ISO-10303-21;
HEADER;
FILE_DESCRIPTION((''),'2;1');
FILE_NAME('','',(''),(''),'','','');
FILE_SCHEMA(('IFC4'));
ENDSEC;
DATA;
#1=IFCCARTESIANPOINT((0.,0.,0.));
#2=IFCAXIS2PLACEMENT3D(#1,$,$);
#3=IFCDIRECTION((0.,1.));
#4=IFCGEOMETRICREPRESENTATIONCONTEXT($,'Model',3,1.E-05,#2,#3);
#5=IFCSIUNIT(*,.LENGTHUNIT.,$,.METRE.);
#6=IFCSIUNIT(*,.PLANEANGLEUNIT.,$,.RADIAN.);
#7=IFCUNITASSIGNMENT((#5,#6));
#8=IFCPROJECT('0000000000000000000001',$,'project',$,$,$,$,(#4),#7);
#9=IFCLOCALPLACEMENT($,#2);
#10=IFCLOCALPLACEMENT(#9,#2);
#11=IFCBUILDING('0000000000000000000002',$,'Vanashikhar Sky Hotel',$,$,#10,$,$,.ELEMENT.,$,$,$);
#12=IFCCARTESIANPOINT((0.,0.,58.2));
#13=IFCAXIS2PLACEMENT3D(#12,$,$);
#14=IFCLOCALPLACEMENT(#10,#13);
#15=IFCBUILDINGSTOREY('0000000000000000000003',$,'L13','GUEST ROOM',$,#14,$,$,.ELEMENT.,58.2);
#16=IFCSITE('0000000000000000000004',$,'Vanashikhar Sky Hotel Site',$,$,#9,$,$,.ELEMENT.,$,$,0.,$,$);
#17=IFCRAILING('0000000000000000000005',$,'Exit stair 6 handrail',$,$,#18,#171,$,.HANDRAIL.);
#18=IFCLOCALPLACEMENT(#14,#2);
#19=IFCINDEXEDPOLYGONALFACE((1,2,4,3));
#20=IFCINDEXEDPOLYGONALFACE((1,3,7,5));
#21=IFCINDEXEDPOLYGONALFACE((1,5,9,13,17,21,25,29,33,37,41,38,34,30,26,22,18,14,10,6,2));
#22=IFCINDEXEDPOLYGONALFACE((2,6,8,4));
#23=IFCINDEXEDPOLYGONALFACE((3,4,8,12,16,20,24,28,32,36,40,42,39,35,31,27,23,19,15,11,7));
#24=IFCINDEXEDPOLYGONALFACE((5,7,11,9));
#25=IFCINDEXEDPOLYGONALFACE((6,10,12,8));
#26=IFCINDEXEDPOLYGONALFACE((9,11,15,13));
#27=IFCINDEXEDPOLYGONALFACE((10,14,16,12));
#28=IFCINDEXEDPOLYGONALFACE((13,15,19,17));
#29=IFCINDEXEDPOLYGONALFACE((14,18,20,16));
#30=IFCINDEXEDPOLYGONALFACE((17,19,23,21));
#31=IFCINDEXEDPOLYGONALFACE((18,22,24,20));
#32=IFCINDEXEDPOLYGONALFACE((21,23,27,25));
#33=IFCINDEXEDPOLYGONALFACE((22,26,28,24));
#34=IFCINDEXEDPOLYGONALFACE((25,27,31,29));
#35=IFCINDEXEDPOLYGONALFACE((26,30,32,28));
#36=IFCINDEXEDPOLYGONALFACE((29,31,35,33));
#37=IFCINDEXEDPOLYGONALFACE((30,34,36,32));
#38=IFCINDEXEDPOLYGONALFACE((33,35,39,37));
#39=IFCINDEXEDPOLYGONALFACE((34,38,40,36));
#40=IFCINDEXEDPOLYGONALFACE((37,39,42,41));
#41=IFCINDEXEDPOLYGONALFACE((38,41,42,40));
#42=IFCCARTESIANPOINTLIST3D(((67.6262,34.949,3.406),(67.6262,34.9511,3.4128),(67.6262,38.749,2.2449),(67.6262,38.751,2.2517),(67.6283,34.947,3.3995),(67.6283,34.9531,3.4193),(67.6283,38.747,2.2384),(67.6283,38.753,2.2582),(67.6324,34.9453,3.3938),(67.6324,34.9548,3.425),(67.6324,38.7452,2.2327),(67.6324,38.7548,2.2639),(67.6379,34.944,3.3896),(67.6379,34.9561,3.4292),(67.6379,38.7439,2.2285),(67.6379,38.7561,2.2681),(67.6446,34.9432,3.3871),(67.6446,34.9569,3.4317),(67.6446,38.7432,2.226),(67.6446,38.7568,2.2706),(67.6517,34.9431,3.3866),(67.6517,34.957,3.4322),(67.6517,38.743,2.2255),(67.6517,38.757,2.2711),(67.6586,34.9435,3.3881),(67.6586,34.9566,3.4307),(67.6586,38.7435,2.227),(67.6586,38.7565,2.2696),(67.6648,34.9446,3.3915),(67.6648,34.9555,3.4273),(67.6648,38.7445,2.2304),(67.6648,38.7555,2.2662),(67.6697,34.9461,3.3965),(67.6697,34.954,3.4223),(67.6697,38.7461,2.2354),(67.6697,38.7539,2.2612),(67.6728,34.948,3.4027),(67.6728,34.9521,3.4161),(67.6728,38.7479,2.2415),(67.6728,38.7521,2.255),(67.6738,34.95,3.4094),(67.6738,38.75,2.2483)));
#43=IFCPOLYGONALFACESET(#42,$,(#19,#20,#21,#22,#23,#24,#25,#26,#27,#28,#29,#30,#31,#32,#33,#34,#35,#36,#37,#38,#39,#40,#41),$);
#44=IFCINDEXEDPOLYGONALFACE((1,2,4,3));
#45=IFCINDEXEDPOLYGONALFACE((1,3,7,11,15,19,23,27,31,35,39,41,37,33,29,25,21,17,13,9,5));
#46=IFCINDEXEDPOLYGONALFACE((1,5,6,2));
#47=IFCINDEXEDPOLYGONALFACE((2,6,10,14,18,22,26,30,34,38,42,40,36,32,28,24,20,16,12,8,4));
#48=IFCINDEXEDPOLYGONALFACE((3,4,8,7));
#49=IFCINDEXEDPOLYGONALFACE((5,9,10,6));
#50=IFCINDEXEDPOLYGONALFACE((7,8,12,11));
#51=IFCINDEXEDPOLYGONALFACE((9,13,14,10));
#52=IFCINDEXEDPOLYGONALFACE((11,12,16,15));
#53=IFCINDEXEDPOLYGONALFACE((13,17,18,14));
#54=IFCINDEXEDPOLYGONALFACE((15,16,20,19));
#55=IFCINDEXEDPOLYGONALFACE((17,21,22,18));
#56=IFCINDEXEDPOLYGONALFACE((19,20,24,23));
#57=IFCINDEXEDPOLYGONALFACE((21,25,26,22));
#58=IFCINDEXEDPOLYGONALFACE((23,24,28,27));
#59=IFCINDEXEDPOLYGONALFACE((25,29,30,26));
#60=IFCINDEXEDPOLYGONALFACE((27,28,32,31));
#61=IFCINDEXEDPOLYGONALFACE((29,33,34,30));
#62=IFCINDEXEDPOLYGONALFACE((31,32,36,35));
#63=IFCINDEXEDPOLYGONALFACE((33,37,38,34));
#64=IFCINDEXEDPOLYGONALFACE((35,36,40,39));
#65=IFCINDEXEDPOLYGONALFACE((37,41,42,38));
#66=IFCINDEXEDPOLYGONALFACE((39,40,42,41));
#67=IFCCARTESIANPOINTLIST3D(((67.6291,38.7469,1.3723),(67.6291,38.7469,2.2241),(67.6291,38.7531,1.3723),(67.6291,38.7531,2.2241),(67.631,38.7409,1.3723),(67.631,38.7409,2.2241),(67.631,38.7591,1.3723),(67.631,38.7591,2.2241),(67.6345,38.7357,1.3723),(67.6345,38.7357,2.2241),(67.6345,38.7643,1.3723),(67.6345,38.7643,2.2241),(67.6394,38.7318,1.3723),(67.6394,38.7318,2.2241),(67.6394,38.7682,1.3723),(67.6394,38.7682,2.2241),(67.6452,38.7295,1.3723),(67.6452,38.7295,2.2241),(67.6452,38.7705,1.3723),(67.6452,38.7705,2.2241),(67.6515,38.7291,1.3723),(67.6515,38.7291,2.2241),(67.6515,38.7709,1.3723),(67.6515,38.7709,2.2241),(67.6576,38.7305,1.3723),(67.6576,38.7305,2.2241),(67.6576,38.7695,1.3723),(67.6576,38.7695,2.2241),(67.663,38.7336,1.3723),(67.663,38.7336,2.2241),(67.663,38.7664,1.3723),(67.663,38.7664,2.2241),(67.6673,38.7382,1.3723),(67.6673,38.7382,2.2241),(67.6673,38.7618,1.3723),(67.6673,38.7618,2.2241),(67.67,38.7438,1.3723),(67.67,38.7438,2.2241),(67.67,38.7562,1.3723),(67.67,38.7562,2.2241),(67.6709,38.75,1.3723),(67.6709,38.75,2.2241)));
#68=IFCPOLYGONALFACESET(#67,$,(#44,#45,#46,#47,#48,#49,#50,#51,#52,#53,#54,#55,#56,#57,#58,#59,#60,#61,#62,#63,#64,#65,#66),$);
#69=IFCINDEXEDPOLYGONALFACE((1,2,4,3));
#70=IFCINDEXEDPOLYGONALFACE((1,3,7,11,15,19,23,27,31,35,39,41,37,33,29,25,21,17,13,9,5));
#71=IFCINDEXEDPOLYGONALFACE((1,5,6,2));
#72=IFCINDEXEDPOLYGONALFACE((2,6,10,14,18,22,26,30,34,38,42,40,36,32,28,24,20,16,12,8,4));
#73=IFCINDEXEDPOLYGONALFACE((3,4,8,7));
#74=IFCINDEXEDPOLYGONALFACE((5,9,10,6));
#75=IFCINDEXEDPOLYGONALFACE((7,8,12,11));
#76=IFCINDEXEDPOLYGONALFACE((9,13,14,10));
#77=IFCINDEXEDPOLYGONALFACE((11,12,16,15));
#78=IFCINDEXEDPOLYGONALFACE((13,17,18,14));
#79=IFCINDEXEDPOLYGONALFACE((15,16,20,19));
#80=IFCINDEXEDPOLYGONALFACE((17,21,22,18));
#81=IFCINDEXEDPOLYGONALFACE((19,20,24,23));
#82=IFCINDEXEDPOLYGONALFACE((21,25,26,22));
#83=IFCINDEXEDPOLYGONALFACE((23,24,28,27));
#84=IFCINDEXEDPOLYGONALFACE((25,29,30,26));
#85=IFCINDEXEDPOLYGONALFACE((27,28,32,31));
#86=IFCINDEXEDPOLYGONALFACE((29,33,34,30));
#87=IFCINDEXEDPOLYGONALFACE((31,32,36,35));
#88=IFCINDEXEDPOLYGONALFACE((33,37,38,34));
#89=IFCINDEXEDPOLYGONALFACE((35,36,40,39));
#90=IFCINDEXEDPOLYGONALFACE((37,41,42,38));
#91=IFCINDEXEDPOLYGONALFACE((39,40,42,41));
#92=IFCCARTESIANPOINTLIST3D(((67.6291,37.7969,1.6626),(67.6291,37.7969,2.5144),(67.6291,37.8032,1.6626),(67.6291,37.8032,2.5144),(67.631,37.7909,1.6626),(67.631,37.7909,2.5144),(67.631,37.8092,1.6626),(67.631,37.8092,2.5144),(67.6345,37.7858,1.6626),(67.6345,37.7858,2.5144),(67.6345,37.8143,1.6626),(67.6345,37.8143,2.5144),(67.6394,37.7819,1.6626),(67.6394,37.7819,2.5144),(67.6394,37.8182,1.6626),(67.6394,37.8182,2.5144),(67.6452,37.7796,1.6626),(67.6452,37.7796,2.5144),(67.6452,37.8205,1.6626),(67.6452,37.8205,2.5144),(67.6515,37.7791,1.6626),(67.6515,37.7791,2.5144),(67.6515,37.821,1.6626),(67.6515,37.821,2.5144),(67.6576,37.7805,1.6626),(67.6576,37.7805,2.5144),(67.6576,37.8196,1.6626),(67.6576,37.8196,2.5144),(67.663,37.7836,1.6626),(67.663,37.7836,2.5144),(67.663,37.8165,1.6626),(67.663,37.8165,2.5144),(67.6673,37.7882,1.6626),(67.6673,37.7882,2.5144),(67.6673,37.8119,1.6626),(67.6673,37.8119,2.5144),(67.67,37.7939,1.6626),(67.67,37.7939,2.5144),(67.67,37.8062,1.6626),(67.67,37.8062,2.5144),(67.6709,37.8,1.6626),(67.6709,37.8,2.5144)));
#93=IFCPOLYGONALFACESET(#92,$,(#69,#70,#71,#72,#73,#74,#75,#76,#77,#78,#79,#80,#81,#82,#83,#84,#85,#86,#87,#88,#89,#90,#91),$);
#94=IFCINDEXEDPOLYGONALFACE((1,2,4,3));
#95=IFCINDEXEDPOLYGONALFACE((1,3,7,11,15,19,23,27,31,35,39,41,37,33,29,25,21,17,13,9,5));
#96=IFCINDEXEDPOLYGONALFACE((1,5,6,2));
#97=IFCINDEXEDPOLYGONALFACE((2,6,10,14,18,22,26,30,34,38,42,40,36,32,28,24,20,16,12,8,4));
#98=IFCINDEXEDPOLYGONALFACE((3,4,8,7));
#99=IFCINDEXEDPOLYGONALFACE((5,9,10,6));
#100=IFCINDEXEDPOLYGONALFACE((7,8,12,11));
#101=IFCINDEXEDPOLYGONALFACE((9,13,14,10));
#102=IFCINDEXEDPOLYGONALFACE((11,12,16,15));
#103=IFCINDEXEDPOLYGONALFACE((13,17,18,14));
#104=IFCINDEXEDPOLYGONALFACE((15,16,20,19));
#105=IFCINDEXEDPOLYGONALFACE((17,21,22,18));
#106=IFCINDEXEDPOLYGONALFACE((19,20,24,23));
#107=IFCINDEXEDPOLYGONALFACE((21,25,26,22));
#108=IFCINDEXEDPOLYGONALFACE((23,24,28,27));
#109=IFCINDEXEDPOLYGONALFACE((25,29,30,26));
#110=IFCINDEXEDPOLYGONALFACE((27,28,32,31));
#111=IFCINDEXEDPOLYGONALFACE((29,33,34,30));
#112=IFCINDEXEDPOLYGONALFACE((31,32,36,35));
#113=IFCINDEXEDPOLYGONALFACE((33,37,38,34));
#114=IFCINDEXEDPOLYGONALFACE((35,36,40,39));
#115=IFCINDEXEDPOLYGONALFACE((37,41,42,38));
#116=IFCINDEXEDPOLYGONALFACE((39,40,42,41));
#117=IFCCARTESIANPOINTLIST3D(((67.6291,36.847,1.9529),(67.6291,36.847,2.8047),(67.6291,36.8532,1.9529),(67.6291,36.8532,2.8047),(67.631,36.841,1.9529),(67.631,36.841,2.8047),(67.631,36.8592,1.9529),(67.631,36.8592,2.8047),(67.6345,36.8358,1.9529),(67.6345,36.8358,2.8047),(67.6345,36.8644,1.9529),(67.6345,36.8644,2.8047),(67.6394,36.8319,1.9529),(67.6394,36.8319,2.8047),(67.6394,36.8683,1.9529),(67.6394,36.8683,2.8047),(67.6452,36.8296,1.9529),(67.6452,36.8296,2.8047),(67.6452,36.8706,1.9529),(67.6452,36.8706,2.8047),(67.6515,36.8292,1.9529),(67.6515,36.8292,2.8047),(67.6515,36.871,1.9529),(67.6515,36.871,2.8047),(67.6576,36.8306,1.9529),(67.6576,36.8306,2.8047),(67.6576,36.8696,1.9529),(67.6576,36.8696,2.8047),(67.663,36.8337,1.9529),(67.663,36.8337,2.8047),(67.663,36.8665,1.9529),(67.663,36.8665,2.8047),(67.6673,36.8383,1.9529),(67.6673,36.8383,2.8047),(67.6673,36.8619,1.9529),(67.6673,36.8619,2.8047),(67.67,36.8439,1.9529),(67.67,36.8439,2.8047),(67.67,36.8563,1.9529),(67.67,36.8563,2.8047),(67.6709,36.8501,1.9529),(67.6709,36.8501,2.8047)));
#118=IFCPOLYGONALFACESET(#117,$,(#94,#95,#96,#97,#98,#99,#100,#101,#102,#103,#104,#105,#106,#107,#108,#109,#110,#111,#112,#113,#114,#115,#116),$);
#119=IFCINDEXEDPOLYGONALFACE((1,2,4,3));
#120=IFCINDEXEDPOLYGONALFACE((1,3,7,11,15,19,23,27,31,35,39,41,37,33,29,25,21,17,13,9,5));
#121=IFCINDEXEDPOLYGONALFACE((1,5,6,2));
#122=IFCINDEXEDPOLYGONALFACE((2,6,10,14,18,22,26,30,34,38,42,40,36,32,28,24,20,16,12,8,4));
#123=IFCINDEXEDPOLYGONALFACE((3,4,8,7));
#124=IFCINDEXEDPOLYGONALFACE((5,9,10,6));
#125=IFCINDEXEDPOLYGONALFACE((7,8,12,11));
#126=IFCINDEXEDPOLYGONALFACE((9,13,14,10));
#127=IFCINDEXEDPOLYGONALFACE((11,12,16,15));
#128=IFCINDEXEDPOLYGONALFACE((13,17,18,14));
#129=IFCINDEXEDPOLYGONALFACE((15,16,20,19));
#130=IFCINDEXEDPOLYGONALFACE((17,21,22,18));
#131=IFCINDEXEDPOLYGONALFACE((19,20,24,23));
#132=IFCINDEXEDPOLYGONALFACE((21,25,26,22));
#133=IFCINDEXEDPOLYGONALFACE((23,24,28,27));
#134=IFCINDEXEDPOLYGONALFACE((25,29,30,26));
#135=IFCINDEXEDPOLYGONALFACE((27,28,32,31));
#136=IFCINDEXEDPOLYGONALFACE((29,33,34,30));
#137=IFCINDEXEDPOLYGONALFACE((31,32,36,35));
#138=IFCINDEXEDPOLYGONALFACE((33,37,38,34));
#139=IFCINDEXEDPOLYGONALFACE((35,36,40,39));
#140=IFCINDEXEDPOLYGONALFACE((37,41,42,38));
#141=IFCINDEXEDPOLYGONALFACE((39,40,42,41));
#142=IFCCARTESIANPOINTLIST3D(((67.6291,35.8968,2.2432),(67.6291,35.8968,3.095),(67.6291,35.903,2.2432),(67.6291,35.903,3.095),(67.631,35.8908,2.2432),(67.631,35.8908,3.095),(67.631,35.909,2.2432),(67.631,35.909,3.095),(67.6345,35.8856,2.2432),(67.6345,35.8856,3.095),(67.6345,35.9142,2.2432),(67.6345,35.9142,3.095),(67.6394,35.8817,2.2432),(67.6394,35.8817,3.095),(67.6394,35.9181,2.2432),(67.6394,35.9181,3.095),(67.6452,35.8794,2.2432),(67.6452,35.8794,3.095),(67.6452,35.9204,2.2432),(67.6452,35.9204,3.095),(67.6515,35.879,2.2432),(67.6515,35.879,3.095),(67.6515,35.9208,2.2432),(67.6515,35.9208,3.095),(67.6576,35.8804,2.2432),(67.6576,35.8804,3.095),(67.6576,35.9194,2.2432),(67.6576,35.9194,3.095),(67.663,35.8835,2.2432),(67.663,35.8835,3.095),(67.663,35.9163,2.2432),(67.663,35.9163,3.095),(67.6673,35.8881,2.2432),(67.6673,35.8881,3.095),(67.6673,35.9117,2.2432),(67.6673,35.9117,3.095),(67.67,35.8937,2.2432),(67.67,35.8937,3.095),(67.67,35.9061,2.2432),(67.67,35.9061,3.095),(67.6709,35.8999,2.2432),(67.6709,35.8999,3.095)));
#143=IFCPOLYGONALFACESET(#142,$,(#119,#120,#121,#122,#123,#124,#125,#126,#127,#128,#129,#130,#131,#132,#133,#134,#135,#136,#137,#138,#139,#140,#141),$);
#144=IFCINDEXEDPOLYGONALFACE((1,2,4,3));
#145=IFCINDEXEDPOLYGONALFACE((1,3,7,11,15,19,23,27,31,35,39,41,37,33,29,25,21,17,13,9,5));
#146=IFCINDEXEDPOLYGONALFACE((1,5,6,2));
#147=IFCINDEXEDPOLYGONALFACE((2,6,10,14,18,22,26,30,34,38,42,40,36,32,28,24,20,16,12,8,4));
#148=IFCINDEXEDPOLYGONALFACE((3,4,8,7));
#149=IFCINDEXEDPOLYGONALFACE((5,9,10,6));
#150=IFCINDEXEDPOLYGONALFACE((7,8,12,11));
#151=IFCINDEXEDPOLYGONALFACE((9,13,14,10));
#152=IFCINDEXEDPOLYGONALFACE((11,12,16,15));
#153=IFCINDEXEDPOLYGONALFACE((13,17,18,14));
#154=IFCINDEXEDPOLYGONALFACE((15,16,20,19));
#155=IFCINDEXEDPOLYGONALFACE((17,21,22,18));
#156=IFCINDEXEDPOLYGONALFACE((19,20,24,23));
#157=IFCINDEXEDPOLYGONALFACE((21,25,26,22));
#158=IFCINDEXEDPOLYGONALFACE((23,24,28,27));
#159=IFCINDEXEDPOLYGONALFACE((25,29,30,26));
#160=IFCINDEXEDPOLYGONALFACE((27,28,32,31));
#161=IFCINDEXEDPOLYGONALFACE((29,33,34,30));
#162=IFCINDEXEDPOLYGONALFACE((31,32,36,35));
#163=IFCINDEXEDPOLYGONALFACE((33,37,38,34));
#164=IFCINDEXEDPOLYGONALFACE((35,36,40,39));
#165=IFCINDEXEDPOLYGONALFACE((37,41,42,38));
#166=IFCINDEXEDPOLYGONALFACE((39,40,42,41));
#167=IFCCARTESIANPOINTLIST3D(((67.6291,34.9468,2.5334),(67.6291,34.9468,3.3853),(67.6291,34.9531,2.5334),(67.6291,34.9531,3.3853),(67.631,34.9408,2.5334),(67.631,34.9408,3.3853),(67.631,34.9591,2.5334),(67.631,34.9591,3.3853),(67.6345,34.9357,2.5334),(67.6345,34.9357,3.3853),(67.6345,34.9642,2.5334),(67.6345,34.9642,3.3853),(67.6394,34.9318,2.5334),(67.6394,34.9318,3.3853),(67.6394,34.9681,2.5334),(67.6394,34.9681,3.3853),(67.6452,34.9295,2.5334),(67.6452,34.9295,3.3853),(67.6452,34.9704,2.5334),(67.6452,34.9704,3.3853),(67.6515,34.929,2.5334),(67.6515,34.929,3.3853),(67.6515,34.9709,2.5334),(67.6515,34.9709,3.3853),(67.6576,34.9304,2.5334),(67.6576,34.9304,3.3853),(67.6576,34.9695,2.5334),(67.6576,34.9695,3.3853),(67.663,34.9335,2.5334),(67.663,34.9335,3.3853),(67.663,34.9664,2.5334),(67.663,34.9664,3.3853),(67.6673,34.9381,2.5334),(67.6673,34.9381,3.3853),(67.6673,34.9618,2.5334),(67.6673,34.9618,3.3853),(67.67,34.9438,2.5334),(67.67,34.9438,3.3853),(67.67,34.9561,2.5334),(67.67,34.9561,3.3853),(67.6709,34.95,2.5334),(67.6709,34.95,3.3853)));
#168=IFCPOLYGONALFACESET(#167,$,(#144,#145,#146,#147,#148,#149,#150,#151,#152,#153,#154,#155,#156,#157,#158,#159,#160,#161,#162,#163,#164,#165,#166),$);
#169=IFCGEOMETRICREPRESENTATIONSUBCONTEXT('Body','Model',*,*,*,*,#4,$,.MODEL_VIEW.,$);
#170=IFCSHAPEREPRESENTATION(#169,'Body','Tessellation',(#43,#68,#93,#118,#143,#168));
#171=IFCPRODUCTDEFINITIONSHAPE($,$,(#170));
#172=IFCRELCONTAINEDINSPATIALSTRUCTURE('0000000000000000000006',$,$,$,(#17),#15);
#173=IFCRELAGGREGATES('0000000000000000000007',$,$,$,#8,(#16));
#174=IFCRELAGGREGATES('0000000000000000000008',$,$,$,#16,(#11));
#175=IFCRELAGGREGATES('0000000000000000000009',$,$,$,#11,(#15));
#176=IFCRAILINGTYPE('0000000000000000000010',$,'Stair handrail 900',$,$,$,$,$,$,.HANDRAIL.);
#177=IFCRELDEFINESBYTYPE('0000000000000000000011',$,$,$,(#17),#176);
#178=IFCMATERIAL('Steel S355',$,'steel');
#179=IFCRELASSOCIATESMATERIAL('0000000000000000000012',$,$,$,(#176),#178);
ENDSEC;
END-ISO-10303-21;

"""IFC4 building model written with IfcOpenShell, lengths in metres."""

from ifc_helpers import new_model, si_unit, direction, frame, origin, origin_2d, place, context, subcontext, project, spatial, circle, extrude, source, transform, mapped, material, type_object, element, save


model = new_model("IFC4")

# Units and contexts
model_context = context("Model", 3, precision=1e-05, world=origin(), true_north=direction((0.0, 1.0)))
body_context = subcontext(model_context, "Body", "Model", "MODEL_VIEW")
ifc_project = project(units=[si_unit("LENGTHUNIT", "METRE"), si_unit("PLANEANGLEUNIT", "RADIAN")], contexts=[model_context])

# Site, building, storey
site_placement = place(None, origin())
site = spatial("IfcSite", under=ifc_project, at=site_placement, Name="Vanashikhar Sky Hotel Site", CompositionType="ELEMENT", RefElevation=0.0)
building_placement = place(site_placement, origin())
building = spatial("IfcBuilding", under=site, at=building_placement, Name="Vanashikhar Sky Hotel", CompositionType="ELEMENT")
storey_placement = place(building_placement, frame((0.0, 0.0, 58.2)))
storey = spatial("IfcBuildingStorey", under=building, at=storey_placement, Name="L13", Description="GUEST ROOM", CompositionType="ELEMENT", Elevation=58.2)

# Railing
ifc_material_1 = material(Name="Steel S355", Category="steel")
railing_type_1 = type_object("IfcRailingType", Name="Stair handrail 900", PredefinedType="HANDRAIL", material=ifc_material_1)
shared_shape_1 = source(origin(), body_context, "Body", "SweptSolid", [
    extrude(circle(Radius=0.0239, at=origin_2d()), frame((0.0, 0.0, 0.876), z_axis=(0.0, -0.956351, 0.29222), x_axis=(1.0, 0.0, 0.0)), (0.0, 0.0, 1.0), 3.9734),
    extrude(circle(Radius=0.021, at=origin_2d()), origin(), (0.0, 0.0, 1.0), 0.8518),
    extrude(circle(Radius=0.021, at=origin_2d()), frame((0.0, -0.95, 0.2903)), (0.0, 0.0, 1.0), 0.8518),
    extrude(circle(Radius=0.021, at=origin_2d()), frame((0.0, -1.8999, 0.5806)), (0.0, 0.0, 1.0), 0.8518),
    extrude(circle(Radius=0.021, at=origin_2d()), frame((0.0, -2.8501, 0.8708)), (0.0, 0.0, 1.0), 0.8518),
    extrude(circle(Radius=0.021, at=origin_2d()), frame((0.0, -3.8, 1.1611)), (0.0, 0.0, 1.0), 0.8518),
])
railing_1_placement = place(storey_placement, frame((67.6499, 38.75, 1.3723)))
element("IfcRailing", 1, at=railing_1_placement, inside=storey, type_object=railing_type_1, Name="Exit stair 6 handrail", PredefinedType="HANDRAIL", context=body_context, shape_type="MappedRepresentation", body=[
    mapped(shared_shape_1, transform((0.0, 0.0, 0.0), scale=1.0)),
])

save(model, "model.ifc")
